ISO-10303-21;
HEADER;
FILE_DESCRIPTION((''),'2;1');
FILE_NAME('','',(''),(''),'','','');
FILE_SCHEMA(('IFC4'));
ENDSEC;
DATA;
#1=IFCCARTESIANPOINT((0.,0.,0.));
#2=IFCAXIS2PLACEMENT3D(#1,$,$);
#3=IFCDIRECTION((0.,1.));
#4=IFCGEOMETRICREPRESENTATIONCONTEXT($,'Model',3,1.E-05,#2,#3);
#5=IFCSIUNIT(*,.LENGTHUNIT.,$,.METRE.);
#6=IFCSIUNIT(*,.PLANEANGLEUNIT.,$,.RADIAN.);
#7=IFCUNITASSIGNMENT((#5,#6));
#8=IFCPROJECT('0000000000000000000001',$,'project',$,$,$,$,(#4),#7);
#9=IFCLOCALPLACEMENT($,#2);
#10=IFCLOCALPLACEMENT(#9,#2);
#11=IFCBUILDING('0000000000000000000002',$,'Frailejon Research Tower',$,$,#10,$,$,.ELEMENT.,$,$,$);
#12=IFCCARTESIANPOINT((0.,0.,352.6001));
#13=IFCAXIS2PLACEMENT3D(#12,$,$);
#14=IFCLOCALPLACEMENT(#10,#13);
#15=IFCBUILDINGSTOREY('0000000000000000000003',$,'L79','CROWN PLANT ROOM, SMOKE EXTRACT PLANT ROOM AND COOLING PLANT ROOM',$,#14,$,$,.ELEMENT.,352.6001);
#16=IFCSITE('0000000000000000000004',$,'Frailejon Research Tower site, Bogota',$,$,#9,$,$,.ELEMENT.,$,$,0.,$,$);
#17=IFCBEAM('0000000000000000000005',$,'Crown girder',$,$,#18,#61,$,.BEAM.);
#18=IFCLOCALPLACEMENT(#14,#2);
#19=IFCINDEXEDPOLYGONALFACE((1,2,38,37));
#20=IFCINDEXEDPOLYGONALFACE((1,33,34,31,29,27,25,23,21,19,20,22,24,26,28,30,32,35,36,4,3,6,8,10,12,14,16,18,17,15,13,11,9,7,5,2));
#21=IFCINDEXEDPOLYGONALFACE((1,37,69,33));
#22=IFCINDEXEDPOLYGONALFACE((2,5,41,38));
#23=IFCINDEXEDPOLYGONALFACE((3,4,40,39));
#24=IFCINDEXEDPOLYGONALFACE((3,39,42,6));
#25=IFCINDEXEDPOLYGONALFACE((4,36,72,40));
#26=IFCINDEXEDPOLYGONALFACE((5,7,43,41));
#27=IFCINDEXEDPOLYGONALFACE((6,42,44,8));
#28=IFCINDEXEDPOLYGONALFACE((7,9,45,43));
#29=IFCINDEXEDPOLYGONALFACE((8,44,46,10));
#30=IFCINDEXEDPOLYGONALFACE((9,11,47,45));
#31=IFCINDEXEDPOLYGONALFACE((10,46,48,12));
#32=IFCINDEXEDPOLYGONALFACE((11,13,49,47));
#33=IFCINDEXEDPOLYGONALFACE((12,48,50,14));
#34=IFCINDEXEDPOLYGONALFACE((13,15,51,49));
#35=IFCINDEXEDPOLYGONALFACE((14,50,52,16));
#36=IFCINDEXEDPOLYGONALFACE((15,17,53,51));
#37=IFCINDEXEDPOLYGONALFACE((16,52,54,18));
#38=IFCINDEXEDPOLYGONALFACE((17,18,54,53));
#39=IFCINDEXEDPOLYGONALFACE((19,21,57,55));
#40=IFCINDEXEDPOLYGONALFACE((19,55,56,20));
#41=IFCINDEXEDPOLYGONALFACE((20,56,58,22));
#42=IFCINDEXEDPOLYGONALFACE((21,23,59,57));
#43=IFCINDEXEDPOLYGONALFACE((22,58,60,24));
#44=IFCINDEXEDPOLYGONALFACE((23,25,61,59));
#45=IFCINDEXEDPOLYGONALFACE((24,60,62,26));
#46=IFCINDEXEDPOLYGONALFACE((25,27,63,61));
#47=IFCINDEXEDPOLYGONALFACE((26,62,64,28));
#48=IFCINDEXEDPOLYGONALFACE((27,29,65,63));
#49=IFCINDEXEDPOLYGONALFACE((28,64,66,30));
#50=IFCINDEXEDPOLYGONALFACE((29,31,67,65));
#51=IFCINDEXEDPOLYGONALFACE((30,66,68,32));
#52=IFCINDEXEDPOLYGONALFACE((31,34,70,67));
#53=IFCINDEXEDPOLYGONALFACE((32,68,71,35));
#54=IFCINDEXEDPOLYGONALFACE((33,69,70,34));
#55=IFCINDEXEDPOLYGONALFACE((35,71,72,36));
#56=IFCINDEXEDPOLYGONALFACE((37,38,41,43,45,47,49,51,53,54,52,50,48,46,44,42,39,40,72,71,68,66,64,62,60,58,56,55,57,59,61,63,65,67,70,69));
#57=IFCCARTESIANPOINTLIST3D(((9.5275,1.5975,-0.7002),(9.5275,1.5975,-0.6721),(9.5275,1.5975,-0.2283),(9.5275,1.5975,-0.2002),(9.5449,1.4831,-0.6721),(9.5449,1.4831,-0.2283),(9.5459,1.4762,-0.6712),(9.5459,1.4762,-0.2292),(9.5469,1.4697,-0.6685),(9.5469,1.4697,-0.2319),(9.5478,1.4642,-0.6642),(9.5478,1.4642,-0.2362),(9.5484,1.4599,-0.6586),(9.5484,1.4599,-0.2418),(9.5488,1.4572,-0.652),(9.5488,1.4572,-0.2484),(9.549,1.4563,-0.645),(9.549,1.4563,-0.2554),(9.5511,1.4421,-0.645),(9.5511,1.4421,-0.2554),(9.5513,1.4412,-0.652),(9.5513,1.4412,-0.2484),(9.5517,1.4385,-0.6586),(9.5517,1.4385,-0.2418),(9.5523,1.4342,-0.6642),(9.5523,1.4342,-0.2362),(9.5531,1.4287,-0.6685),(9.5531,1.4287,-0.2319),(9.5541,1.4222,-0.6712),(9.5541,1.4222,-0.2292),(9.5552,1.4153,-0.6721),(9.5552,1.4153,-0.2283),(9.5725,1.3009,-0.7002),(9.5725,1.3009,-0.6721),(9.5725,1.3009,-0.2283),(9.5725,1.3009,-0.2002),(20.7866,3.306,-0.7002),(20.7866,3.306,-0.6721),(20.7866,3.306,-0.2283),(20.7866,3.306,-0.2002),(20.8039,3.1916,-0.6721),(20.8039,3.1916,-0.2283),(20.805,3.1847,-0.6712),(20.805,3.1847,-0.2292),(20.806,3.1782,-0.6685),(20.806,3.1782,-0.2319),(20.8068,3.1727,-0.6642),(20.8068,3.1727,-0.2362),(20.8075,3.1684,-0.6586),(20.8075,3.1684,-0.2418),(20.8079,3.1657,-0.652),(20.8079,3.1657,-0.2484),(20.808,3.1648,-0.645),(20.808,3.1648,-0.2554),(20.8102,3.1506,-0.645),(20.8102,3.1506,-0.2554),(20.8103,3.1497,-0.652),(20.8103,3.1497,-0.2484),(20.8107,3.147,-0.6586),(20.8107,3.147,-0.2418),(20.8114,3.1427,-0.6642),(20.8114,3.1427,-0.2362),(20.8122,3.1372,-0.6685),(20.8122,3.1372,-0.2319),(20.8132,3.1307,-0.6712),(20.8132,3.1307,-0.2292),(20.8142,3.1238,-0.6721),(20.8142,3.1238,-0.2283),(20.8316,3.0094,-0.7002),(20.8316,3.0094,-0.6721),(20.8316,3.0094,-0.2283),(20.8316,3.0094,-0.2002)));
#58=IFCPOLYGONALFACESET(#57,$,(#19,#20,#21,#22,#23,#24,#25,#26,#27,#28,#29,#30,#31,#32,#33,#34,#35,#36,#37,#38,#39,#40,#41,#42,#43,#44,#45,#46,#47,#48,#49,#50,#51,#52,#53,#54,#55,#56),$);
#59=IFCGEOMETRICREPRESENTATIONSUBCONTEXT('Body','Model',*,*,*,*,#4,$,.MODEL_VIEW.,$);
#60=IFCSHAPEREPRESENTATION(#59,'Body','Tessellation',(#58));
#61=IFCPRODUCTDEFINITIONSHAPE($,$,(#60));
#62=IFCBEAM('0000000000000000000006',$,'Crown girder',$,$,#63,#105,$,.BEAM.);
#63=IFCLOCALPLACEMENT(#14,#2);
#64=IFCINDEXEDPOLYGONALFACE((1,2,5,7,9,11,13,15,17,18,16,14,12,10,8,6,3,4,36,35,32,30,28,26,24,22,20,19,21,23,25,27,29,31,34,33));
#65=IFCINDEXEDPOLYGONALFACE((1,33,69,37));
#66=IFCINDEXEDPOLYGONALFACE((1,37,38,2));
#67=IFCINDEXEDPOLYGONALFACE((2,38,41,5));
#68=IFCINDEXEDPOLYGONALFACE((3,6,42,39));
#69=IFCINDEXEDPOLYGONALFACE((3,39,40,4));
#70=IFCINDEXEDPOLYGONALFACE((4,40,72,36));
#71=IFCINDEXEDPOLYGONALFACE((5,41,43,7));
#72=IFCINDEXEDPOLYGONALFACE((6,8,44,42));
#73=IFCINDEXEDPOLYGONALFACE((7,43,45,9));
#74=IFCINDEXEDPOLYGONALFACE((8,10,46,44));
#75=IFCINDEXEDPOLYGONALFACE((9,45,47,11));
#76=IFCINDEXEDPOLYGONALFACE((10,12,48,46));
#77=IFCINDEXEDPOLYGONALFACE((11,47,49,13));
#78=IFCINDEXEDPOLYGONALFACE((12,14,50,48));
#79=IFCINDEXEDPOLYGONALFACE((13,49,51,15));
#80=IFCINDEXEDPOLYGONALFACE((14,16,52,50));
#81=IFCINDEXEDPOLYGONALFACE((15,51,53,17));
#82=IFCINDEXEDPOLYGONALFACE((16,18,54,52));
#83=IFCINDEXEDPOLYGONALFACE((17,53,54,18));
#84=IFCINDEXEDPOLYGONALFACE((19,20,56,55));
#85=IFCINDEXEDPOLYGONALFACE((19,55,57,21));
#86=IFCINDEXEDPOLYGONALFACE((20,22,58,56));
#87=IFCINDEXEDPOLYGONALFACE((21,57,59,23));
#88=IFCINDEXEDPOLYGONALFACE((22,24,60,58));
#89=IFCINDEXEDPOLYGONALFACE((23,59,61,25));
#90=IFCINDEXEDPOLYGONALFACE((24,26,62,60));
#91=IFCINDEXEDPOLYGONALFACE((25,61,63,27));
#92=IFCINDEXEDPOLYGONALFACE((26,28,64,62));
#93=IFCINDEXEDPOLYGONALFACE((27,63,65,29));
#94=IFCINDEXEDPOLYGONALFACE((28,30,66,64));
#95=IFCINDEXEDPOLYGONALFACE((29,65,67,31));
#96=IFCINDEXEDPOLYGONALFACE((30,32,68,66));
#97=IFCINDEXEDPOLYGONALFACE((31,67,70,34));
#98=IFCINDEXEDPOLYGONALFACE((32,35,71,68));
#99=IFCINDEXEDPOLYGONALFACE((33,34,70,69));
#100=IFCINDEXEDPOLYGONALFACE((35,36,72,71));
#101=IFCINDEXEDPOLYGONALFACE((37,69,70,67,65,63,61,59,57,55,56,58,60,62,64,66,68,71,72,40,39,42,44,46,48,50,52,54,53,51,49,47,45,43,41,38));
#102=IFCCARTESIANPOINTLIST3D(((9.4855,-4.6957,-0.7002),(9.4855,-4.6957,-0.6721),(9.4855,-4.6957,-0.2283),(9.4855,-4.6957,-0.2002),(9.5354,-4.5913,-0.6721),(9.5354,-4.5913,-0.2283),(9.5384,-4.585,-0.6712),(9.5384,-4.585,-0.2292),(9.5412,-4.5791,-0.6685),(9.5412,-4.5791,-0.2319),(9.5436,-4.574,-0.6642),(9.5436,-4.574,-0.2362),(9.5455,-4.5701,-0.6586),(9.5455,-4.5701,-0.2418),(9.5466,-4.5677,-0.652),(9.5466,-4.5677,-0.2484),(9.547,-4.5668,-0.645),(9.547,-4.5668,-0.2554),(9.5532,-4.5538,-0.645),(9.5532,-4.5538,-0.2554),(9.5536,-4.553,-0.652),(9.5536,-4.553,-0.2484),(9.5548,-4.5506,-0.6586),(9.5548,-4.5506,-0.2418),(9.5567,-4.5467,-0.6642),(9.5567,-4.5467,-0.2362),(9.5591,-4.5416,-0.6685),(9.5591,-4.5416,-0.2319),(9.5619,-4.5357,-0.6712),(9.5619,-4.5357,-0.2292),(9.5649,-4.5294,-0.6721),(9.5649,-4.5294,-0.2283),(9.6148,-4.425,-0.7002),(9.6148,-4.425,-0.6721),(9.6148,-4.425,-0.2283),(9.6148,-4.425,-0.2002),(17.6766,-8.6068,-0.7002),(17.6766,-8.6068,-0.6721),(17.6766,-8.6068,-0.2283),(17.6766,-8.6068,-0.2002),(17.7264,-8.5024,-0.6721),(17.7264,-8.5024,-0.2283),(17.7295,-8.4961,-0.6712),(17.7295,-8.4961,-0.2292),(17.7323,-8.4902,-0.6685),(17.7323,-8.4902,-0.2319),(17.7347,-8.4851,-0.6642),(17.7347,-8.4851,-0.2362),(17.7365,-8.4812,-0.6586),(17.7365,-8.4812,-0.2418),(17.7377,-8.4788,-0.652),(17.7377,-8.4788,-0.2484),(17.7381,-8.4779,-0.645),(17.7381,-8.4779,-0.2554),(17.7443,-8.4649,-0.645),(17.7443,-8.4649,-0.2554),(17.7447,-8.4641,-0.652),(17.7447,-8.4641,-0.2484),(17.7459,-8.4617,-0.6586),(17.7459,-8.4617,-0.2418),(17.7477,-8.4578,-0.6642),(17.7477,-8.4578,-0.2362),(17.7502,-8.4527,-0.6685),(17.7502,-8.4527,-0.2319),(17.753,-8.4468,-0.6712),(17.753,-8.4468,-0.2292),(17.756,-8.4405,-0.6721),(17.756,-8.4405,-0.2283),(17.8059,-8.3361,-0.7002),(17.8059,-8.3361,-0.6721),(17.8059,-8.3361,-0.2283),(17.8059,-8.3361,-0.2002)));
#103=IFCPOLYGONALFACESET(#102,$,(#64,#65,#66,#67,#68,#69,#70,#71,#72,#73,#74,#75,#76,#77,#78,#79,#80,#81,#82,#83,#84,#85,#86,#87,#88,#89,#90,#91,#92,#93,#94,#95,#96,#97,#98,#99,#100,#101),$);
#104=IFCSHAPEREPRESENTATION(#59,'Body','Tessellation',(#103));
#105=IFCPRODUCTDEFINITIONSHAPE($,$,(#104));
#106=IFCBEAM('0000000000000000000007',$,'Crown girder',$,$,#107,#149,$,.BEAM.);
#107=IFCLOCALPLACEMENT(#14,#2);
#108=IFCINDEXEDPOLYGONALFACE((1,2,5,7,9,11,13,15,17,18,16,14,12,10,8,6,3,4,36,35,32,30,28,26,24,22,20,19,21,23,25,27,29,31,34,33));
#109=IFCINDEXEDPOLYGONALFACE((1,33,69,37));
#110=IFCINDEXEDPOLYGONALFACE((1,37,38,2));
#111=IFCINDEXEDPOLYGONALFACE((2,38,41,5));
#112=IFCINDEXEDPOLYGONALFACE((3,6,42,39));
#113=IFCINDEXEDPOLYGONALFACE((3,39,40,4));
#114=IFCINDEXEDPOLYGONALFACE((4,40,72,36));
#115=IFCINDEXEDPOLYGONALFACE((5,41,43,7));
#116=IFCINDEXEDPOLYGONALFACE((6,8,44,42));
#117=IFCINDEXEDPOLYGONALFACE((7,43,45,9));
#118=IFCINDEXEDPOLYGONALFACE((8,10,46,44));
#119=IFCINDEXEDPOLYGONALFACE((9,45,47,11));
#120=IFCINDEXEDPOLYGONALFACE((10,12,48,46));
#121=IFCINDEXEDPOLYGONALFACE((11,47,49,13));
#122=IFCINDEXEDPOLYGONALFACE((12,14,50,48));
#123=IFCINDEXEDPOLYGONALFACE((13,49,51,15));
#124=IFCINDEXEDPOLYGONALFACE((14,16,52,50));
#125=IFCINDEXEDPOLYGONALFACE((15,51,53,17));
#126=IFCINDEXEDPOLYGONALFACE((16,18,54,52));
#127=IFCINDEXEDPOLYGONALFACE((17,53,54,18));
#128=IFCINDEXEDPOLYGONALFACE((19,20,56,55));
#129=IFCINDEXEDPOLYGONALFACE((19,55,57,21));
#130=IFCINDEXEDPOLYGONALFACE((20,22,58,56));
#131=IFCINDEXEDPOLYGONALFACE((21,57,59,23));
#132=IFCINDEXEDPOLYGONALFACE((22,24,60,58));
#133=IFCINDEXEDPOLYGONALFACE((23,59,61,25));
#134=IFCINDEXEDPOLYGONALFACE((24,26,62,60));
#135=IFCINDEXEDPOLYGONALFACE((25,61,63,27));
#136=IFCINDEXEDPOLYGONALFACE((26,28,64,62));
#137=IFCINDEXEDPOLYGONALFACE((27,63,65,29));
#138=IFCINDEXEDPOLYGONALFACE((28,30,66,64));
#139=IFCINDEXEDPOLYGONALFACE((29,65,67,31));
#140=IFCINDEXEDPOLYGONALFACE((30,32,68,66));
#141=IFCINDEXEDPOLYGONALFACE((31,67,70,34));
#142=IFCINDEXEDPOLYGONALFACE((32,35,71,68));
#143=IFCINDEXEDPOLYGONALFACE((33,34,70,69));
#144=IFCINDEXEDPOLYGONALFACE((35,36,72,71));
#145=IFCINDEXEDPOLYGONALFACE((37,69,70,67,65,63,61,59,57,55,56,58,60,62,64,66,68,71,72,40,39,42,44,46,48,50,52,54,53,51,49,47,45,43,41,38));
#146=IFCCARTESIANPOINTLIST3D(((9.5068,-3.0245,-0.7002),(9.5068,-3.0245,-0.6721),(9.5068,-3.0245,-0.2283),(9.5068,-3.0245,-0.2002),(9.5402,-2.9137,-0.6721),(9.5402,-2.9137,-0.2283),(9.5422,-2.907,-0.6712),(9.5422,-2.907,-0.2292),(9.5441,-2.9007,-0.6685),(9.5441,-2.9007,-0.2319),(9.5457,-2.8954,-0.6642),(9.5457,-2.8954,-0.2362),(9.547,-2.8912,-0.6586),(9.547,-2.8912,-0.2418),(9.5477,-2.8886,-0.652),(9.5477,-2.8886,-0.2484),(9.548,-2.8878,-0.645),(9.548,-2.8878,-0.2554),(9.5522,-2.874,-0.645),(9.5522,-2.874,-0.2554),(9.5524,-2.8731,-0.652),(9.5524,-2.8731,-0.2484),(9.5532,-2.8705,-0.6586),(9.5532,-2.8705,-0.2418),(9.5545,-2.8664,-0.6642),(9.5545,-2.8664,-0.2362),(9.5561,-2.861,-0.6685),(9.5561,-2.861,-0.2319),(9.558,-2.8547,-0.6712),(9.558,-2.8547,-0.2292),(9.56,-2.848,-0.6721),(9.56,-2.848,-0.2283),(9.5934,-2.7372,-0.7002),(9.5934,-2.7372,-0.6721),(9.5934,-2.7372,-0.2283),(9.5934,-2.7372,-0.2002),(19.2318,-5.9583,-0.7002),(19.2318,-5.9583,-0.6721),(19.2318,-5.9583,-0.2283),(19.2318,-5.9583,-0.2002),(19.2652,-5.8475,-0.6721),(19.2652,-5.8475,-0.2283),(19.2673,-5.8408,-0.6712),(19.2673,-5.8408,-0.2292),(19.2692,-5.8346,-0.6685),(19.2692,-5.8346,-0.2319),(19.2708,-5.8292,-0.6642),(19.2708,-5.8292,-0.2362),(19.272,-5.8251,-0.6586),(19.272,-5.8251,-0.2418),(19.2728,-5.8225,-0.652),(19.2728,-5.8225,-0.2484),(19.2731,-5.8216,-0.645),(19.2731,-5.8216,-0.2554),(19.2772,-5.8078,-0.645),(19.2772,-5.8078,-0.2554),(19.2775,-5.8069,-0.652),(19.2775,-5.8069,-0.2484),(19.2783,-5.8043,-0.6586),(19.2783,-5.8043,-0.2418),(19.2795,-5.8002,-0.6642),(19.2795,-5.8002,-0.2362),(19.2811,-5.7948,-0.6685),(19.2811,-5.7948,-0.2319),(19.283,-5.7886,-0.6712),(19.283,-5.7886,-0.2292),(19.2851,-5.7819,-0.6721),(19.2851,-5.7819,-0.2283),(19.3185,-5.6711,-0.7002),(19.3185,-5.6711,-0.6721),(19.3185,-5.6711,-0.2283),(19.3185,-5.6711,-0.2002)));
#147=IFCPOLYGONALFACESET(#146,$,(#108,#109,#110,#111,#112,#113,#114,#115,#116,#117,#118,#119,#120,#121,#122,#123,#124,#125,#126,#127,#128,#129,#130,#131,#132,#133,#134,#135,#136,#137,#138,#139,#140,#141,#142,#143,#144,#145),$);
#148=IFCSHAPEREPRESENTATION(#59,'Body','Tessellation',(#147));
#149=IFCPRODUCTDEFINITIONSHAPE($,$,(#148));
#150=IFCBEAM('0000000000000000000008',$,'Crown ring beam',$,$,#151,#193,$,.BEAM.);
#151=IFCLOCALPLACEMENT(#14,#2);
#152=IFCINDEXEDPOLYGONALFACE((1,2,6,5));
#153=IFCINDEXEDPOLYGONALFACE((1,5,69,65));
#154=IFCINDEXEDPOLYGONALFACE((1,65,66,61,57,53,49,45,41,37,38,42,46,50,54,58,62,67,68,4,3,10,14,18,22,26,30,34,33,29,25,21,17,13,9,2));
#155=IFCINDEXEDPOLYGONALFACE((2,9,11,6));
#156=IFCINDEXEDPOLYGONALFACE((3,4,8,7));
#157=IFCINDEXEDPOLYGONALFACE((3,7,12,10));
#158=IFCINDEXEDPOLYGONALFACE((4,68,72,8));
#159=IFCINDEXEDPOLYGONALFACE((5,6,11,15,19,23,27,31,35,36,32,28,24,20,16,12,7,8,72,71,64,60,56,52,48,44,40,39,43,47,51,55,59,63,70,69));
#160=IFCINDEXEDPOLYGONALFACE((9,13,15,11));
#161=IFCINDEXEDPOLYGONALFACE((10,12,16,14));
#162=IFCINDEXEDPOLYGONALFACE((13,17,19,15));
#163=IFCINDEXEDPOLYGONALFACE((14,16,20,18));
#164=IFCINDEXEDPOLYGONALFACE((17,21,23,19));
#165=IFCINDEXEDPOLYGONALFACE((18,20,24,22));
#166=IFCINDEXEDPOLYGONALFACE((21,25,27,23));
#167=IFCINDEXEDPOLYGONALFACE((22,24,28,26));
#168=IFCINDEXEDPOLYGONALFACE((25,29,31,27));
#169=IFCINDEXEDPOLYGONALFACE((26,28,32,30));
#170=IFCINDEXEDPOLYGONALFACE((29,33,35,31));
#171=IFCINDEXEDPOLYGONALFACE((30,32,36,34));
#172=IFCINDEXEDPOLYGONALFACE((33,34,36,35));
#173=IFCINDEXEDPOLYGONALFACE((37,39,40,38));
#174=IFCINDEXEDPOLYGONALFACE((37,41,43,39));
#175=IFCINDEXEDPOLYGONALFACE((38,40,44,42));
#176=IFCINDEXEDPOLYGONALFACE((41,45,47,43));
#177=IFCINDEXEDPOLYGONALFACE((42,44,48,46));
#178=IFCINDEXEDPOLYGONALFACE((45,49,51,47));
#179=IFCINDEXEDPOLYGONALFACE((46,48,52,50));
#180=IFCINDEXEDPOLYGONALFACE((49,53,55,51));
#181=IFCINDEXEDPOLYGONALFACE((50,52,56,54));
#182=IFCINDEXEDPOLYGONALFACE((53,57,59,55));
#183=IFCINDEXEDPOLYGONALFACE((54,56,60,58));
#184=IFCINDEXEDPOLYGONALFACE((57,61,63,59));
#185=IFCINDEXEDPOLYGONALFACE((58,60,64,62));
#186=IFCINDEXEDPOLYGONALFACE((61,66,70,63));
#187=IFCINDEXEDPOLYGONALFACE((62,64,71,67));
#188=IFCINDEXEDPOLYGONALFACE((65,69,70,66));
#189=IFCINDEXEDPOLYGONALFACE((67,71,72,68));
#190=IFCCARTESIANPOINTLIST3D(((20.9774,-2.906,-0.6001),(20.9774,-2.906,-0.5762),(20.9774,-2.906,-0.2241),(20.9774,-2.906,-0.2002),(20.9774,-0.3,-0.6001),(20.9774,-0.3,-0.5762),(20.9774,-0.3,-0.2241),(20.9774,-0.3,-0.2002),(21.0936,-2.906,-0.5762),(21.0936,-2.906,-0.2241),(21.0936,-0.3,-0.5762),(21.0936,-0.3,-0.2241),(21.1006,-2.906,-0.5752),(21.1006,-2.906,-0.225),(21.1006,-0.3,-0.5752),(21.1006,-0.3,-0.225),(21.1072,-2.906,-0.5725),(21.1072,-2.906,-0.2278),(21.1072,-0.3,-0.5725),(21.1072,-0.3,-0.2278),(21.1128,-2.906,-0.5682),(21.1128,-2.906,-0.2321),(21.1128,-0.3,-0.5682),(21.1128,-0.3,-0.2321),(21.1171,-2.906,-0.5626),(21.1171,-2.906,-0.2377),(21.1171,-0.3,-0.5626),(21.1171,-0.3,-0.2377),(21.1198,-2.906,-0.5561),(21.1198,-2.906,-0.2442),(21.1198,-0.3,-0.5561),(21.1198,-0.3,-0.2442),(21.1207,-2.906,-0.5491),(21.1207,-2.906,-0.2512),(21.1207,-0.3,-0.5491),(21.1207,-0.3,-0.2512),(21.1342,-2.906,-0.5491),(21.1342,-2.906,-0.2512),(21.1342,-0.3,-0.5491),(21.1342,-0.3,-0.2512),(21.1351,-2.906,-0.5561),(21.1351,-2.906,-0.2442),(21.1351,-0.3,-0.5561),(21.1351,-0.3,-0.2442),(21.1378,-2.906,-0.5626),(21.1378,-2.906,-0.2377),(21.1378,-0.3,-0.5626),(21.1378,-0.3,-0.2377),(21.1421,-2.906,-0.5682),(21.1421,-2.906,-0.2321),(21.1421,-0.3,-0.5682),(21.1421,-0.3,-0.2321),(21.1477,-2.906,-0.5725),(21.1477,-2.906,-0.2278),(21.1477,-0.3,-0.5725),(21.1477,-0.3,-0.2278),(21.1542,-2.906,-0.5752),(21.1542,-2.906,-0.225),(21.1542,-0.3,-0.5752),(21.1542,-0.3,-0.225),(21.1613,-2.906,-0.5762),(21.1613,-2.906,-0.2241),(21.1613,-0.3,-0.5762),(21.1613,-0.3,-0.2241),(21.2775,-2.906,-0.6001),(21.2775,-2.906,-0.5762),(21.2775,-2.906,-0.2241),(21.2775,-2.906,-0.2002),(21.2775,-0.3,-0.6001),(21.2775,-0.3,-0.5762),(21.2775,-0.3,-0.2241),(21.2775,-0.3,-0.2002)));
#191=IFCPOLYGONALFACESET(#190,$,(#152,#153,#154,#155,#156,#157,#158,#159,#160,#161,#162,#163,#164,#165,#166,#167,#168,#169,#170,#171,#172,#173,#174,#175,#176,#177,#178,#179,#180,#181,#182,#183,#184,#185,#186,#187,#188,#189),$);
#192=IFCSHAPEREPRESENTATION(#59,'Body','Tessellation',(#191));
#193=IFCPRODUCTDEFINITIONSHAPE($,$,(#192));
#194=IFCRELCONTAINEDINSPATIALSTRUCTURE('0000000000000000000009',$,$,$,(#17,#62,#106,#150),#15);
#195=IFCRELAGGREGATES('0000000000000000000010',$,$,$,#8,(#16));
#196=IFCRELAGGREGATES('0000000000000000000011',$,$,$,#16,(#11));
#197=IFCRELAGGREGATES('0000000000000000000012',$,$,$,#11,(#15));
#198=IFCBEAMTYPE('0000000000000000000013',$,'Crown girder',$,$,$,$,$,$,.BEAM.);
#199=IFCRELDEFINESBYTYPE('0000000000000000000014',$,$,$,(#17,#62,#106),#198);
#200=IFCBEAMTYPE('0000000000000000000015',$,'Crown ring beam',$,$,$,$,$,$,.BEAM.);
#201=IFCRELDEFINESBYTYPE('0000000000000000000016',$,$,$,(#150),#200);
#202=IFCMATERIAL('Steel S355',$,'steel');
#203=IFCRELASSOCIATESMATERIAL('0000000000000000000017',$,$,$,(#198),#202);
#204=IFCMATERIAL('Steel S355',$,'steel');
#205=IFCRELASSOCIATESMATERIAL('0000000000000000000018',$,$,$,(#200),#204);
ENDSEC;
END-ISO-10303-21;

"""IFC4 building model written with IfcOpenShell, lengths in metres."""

from ifc_helpers import new_model, si_unit, direction, frame, origin, origin_2d, place, context, subcontext, project, spatial, i_section, extrude, material, material_profile, profile_set, type_object, element, save


model = new_model("IFC4")

# Units and contexts
model_context = context("Model", 3, precision=1e-05, world=origin(), true_north=direction((0.0, 1.0)))
body_context = subcontext(model_context, "Body", "Model", "MODEL_VIEW")
ifc_project = project(units=[si_unit("LENGTHUNIT", "METRE"), si_unit("PLANEANGLEUNIT", "RADIAN")], contexts=[model_context])

# Site, building, storey
site_placement = place(None, origin())
site = spatial("IfcSite", under=ifc_project, at=site_placement, Name="Frailejon Research Tower site, Bogota", CompositionType="ELEMENT", RefElevation=0.0)
building_placement = place(site_placement, origin())
building = spatial("IfcBuilding", under=site, at=building_placement, Name="Frailejon Research Tower", CompositionType="ELEMENT")
storey_placement = place(building_placement, frame((0.0, 0.0, 352.6001)))
storey = spatial("IfcBuildingStorey", under=building, at=storey_placement, Name="L79", Description="CROWN PLANT ROOM, SMOKE EXTRACT PLANT ROOM AND COOLING PLANT ROOM", CompositionType="ELEMENT", Elevation=352.6001)

# Beams
ifc_material_1 = material(Name="Steel S355", Category="steel")
ifc_material_profile_1 = material_profile(ifc_material_1, i_section(OverallWidth=0.3, OverallDepth=0.5, WebThickness=0.0144, FlangeThickness=0.0281, FilletRadius=0.0271, at=origin_2d()), Name="HE 500 B")
ifc_profile_set_1 = profile_set([ifc_material_profile_1], Name="Steel S355")
beam_type_1 = type_object("IfcBeamType", Name="Crown girder", PredefinedType="BEAM", material=ifc_profile_set_1)
beam_1_placement = place(storey_placement, frame((20.8091, 3.1577, -0.4502), z_axis=(-0.988682, -0.150027, 0.0), x_axis=(0.150027, -0.988682, 0.0)))
element("IfcBeam", 1, at=beam_1_placement, inside=storey, type_object=beam_type_1, Name="Crown girder", PredefinedType="BEAM", context=body_context, shape_type="SweptSolid", body=[
    extrude(i_section(OverallWidth=0.3, OverallDepth=0.5, WebThickness=0.0144, FlangeThickness=0.0281, FilletRadius=0.0271, at=origin_2d()), origin(), (0.0, 0.0, 1.0), 11.3879),
])
beam_2_placement = place(storey_placement, frame((17.7412, -8.4714, -0.4502), z_axis=(-0.902408, 0.430883, 0.0), x_axis=(-0.430883, -0.902408, 0.0)))
element("IfcBeam", 2, at=beam_2_placement, inside=storey, type_object=beam_type_1, Name="Crown girder", PredefinedType="BEAM", context=body_context, shape_type="SweptSolid", body=[
    extrude(i_section(OverallWidth=0.3, OverallDepth=0.5, WebThickness=0.0144, FlangeThickness=0.0281, FilletRadius=0.0271, at=origin_2d()), origin(), (0.0, 0.0, 1.0), 9.0769),
])
beam_3_placement = place(storey_placement, frame((19.2751, -5.8147, -0.4502), z_axis=(-0.957383, 0.28882, 0.0), x_axis=(-0.28882, -0.957383, 0.0)))
element("IfcBeam", 3, at=beam_3_placement, inside=storey, type_object=beam_type_1, Name="Crown girder", PredefinedType="BEAM", context=body_context, shape_type="SweptSolid", body=[
    extrude(i_section(OverallWidth=0.3, OverallDepth=0.5, WebThickness=0.0144, FlangeThickness=0.0281, FilletRadius=0.0271, at=origin_2d()), origin(), (0.0, 0.0, 1.0), 10.158),
])
ifc_material_2 = material(Name="Steel S355", Category="steel")
ifc_material_profile_2 = material_profile(ifc_material_2, i_section(OverallWidth=0.3, OverallDepth=0.3999, WebThickness=0.0134, FlangeThickness=0.0239, FilletRadius=0.0271, at=origin_2d()), Name="HE 400 B")
ifc_profile_set_2 = profile_set([ifc_material_profile_2], Name="Steel S355")
beam_type_2 = type_object("IfcBeamType", Name="Crown ring beam", PredefinedType="BEAM", material=ifc_profile_set_2)
beam_4_placement = place(storey_placement, frame((21.1274, -2.906, -0.4001), z_axis=(0.0, 1.0, 0.0), x_axis=(-1.0, 0.0, 0.0)))
element("IfcBeam", 4, at=beam_4_placement, inside=storey, type_object=beam_type_2, Name="Crown ring beam", PredefinedType="BEAM", context=body_context, shape_type="SweptSolid", body=[
    extrude(i_section(OverallWidth=0.3, OverallDepth=0.3999, WebThickness=0.0134, FlangeThickness=0.0239, FilletRadius=0.0271, at=origin_2d()), origin(), (0.0, 0.0, 1.0), 2.606),
])

save(model, "model.ifc")
